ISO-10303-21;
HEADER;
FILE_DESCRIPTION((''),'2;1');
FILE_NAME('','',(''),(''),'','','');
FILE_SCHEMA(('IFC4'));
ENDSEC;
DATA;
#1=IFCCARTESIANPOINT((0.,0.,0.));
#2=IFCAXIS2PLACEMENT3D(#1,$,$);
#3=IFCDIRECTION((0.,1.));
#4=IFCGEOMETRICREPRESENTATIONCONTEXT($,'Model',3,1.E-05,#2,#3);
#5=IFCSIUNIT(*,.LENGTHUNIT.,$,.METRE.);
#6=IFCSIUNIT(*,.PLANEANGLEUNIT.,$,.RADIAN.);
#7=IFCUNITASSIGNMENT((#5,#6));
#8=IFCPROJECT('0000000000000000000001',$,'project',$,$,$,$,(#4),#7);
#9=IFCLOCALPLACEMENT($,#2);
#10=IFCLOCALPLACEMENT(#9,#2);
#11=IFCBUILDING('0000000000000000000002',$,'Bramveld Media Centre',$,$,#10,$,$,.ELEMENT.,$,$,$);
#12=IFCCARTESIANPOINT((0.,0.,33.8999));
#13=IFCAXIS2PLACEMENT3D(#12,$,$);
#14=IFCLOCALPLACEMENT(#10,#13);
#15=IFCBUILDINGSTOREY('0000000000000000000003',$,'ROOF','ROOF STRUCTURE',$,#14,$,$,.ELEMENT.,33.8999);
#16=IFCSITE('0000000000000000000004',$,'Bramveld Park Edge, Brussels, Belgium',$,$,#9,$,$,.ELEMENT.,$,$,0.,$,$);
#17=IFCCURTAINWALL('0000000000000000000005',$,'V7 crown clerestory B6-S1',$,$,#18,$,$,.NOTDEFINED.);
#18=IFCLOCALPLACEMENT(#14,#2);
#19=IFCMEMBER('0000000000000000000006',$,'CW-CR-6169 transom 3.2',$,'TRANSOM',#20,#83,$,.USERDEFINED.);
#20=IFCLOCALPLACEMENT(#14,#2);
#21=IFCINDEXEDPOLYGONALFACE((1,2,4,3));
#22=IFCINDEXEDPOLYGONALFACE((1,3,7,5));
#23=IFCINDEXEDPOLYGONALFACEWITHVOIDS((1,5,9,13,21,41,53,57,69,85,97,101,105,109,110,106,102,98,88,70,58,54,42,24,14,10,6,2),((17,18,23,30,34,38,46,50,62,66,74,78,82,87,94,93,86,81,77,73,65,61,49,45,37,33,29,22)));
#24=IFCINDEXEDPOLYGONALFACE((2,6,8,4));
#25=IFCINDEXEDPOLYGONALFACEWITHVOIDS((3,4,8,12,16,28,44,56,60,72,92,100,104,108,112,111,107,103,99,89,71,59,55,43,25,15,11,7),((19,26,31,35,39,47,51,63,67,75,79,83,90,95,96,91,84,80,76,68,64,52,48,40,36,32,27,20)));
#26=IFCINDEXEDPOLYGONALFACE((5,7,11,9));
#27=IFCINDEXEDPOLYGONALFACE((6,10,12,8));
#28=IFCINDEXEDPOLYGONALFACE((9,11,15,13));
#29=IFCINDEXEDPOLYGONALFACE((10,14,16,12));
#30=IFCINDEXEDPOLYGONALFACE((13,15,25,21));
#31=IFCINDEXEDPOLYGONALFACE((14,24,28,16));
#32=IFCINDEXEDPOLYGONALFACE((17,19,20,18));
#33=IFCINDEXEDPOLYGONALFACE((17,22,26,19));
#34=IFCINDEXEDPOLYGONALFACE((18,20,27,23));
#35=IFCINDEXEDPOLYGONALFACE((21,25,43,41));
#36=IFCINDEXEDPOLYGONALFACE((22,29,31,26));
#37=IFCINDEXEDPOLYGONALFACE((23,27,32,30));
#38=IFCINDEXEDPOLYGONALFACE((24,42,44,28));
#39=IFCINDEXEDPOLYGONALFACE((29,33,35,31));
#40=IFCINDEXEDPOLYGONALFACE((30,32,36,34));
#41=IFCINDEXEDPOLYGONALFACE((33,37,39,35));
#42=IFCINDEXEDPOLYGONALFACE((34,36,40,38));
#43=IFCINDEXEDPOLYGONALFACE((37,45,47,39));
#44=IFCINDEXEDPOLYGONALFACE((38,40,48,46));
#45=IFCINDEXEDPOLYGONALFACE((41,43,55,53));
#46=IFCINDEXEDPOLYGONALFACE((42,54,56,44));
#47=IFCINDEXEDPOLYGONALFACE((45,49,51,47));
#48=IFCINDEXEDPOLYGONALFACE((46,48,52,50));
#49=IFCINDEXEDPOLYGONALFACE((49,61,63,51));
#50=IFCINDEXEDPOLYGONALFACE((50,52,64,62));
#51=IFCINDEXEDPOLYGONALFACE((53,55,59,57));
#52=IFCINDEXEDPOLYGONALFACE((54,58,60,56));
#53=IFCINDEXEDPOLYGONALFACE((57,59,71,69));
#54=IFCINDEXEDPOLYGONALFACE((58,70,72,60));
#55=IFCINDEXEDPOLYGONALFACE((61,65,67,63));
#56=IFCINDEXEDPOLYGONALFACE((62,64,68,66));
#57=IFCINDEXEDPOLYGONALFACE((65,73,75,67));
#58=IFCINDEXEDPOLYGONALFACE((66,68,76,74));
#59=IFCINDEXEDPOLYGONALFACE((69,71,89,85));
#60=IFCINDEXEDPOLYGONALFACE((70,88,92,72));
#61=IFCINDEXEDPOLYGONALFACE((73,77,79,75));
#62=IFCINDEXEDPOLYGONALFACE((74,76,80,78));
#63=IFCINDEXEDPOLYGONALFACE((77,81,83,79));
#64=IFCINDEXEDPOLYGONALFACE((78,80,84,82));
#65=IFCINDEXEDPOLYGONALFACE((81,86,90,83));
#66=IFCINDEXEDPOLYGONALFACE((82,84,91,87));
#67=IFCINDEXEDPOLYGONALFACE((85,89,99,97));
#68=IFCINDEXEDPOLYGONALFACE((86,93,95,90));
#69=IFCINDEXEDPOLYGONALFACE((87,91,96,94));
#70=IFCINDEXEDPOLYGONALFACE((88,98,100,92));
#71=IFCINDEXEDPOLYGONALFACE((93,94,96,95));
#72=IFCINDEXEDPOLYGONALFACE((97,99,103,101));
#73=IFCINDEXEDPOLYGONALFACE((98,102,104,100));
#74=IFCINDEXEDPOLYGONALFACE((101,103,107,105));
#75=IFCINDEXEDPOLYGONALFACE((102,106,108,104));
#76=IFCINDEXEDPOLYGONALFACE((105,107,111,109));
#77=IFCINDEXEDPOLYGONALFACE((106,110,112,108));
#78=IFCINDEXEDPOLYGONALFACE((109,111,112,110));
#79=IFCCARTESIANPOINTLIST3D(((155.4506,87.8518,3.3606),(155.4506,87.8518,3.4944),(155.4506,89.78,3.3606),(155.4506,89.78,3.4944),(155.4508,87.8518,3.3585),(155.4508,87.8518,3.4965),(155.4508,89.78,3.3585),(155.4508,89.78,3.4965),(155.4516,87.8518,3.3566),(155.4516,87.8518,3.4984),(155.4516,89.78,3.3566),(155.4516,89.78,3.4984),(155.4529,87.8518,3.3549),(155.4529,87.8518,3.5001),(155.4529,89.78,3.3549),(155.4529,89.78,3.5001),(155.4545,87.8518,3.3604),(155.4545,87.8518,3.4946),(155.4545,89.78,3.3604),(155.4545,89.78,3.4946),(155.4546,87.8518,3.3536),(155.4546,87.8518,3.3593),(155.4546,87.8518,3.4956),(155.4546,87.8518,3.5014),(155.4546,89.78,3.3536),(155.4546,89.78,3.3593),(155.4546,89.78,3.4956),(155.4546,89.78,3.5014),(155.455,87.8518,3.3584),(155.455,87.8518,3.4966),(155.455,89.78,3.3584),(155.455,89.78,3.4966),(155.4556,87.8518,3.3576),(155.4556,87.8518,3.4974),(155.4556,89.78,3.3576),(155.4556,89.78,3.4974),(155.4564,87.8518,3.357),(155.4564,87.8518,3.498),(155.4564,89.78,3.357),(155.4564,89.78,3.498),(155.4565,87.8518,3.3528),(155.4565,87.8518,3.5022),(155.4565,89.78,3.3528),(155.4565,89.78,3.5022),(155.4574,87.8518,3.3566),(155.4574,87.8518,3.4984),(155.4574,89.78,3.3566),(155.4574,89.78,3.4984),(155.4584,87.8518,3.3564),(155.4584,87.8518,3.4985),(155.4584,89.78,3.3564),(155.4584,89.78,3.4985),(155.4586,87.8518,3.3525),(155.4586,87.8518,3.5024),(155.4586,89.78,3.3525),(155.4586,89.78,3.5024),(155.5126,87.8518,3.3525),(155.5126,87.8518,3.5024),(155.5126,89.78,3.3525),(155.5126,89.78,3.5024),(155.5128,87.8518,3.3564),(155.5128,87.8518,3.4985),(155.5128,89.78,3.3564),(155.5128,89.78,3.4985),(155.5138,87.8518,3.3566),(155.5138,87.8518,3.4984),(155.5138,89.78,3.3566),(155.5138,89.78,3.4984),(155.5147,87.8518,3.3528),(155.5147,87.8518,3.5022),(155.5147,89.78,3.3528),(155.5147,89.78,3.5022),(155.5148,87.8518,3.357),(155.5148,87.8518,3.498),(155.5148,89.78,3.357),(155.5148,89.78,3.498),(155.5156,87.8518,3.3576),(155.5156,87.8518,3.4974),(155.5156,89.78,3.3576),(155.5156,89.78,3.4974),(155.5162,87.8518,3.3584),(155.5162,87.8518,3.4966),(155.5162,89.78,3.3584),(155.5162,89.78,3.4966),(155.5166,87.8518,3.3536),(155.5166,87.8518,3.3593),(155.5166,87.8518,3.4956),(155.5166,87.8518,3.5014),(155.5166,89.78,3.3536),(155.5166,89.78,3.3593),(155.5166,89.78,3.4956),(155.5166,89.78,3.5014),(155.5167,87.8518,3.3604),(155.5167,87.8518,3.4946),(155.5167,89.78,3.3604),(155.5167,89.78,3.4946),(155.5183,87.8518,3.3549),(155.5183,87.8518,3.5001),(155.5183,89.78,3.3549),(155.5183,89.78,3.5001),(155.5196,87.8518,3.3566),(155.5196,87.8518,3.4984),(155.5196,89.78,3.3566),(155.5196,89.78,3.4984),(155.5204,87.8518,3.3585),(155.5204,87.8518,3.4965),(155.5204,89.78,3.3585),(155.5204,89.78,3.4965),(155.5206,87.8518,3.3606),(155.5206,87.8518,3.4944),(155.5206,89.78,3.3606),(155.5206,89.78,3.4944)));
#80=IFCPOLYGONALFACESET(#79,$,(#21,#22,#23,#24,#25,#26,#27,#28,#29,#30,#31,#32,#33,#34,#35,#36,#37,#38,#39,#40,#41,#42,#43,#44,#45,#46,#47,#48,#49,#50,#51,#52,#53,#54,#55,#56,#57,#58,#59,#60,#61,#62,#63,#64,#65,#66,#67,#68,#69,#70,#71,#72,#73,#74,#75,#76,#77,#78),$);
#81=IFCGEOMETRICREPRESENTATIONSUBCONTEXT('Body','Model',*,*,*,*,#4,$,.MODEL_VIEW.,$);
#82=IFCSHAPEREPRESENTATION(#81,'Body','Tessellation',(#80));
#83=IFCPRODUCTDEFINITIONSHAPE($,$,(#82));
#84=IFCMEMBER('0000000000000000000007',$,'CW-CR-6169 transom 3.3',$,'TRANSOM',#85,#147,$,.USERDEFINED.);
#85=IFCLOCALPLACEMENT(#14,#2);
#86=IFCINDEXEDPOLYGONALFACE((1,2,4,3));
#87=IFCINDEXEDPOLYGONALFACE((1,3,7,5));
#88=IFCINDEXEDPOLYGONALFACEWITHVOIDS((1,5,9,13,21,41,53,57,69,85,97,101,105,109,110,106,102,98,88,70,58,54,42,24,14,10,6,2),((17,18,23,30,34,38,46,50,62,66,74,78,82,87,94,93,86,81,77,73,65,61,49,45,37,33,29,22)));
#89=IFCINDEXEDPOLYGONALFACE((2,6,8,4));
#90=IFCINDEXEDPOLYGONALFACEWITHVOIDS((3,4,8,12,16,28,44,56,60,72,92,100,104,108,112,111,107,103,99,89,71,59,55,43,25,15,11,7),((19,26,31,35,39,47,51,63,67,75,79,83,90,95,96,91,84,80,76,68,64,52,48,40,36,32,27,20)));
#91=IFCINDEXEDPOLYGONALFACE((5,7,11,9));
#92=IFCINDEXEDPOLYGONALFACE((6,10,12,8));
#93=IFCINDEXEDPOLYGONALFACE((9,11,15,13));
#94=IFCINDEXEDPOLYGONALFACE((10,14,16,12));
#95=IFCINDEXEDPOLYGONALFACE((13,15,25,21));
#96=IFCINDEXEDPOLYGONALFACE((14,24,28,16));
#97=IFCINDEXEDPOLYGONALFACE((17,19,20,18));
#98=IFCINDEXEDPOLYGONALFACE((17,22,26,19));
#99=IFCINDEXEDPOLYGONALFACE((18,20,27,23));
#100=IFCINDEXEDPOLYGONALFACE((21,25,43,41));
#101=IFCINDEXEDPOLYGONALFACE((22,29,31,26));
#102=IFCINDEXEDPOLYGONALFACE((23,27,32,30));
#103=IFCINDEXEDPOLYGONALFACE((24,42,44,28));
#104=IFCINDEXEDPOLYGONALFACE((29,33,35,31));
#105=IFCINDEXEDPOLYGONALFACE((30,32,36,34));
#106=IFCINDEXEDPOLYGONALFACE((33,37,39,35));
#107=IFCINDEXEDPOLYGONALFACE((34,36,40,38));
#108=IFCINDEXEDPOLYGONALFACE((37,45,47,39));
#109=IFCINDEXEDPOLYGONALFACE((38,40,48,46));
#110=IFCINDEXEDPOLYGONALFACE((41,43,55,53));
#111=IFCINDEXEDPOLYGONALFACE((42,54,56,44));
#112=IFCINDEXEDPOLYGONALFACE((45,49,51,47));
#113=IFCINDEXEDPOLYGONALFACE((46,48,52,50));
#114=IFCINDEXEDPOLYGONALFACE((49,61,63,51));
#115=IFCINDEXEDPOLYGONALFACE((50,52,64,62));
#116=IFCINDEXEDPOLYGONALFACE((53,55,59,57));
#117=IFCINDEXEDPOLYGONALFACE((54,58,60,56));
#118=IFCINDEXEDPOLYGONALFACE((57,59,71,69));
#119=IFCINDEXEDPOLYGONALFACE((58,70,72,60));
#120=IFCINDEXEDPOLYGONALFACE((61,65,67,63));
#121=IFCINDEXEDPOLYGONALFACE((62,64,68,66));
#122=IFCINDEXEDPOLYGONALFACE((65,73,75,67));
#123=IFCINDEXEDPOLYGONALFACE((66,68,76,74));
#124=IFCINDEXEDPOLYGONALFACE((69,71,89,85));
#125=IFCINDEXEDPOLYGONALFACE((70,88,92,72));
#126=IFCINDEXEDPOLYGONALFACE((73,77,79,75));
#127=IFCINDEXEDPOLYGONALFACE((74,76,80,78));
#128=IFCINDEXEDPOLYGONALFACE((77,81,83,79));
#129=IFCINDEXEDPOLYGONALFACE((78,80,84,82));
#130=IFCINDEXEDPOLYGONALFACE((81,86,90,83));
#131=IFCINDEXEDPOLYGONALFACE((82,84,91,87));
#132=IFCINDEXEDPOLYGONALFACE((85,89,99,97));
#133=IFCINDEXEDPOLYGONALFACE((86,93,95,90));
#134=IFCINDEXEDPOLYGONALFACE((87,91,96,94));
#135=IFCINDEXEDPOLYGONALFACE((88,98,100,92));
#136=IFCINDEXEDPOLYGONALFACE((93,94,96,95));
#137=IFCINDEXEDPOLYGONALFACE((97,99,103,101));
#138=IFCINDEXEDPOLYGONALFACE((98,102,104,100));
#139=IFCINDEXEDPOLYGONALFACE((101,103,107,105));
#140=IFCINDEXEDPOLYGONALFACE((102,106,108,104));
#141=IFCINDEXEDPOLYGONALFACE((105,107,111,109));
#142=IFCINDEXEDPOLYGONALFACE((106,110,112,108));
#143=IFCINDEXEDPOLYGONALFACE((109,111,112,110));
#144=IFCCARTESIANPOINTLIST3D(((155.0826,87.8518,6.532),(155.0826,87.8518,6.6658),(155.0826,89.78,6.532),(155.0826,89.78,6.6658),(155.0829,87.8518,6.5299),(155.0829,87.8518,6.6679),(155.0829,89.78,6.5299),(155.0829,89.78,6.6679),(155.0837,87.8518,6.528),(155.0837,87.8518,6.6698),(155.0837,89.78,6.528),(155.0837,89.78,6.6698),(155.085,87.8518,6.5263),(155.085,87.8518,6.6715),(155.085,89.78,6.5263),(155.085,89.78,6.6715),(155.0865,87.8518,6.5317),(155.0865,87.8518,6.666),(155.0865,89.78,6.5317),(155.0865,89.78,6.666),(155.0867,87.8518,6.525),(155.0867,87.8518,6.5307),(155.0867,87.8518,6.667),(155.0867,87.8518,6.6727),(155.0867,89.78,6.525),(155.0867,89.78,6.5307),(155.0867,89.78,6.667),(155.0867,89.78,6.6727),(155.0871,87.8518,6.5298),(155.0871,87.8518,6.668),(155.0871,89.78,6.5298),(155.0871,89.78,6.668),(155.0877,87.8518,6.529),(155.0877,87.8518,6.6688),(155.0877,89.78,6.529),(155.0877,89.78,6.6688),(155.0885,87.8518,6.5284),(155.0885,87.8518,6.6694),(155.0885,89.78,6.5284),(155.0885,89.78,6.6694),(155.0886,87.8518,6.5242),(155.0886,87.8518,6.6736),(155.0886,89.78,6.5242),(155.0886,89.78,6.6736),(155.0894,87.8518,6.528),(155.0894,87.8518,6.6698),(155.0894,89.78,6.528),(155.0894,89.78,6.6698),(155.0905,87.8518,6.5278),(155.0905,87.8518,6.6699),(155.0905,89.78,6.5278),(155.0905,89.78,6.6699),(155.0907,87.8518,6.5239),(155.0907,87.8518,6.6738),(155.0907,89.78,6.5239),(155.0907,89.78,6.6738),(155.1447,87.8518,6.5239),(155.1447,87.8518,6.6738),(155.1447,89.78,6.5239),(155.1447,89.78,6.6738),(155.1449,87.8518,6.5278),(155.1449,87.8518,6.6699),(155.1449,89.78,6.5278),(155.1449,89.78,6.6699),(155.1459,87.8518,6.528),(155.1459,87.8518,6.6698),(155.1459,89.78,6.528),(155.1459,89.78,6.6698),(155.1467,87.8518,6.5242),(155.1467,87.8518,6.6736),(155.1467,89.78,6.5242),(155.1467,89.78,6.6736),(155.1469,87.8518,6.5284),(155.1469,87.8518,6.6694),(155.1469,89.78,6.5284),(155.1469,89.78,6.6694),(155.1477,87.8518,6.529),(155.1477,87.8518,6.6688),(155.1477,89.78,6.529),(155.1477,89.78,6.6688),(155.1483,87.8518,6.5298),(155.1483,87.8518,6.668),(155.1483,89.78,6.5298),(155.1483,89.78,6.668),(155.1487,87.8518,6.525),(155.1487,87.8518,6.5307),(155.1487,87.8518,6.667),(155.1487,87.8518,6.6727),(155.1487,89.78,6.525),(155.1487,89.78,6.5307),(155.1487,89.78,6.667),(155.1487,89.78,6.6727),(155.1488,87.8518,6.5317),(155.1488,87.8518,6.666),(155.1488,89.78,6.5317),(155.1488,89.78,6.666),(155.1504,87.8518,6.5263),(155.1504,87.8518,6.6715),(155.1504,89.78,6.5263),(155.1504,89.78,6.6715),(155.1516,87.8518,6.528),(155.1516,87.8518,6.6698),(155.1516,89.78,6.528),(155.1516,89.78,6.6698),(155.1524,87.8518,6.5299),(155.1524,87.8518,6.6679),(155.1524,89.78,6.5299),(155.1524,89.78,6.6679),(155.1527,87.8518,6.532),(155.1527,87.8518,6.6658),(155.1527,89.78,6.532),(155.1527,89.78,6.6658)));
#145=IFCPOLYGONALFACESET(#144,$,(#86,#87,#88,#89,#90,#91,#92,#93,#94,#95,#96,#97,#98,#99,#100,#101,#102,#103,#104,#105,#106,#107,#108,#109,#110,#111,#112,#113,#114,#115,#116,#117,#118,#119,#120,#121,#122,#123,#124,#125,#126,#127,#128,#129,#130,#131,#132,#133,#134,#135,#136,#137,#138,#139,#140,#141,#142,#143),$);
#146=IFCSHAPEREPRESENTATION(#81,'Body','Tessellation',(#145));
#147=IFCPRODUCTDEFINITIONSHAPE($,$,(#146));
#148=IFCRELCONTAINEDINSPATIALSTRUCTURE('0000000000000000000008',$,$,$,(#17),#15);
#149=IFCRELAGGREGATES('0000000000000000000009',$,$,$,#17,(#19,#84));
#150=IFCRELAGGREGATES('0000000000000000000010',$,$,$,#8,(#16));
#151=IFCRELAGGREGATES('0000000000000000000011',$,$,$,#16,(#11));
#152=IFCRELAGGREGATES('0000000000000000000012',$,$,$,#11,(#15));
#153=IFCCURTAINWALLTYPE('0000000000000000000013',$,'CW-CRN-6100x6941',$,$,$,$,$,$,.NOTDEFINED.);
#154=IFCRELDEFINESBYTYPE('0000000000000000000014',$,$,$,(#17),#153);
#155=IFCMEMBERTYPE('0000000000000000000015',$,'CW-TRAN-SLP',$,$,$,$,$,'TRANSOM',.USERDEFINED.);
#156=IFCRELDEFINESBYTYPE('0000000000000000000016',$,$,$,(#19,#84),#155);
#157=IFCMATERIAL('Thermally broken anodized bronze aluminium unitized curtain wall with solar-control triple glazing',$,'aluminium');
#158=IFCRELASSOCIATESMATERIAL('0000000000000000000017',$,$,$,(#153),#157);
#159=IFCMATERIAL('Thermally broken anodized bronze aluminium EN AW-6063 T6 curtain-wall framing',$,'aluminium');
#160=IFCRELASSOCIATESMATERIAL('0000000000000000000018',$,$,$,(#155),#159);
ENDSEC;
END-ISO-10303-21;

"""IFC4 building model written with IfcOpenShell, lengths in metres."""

from ifc_helpers import new_model, si_unit, direction, frame, origin, origin_2d, place, context, subcontext, project, spatial, hollow_rectangle, extrude, material, material_profile, profile_set, type_object, element, aggregate, save


model = new_model("IFC4")

# Units and contexts
model_context = context("Model", 3, precision=1e-05, world=origin(), true_north=direction((0.0, 1.0)))
body_context = subcontext(model_context, "Body", "Model", "MODEL_VIEW")
ifc_project = project(units=[si_unit("LENGTHUNIT", "METRE"), si_unit("PLANEANGLEUNIT", "RADIAN")], contexts=[model_context])

# Site, building, storey
site_placement = place(None, origin())
site = spatial("IfcSite", under=ifc_project, at=site_placement, Name="Bramveld Park Edge, Brussels, Belgium", CompositionType="ELEMENT", RefElevation=0.0)
building_placement = place(site_placement, origin())
building = spatial("IfcBuilding", under=site, at=building_placement, Name="Bramveld Media Centre", CompositionType="ELEMENT")
storey_placement = place(building_placement, frame((0.0, 0.0, 33.8999)))
storey = spatial("IfcBuildingStorey", under=building, at=storey_placement, Name="ROOF", Description="ROOF STRUCTURE", CompositionType="ELEMENT", Elevation=33.8999)

# Curtain wall, members
ifc_material_1 = material(Name="Thermally broken anodized bronze aluminium unitized curtain wall with solar-control triple glazing", Category="aluminium")
curtain_wall_type = type_object("IfcCurtainWallType", Name="CW-CRN-6100x6941", PredefinedType="NOTDEFINED", material=ifc_material_1)
curtain_wall_1_placement = place(storey_placement, origin())
curtain_wall_1 = element("IfcCurtainWall", 1, at=curtain_wall_1_placement, inside=storey, type_object=curtain_wall_type, Name="V7 crown clerestory B6-S1", PredefinedType="NOTDEFINED")
ifc_material_2 = material(Name="Thermally broken anodized bronze aluminium EN AW-6063 T6 curtain-wall framing", Category="aluminium")
ifc_material_profile_1 = material_profile(ifc_material_2, hollow_rectangle(XDim=0.0701, YDim=0.1499, WallThickness=0.0039, InnerFilletRadius=0.0039, OuterFilletRadius=0.0081, at=origin_2d()), Name="AL-TRAN 70x150")
ifc_profile_set_1 = profile_set([ifc_material_profile_1], Name="Thermally broken anodized bronze aluminium EN AW-6063 T6 curtain-wall framing")
member_type_1 = type_object("IfcMemberType", Name="CW-TRAN-SLP", ElementType="TRANSOM", PredefinedType="USERDEFINED", material=ifc_profile_set_1)
member_1_placement = place(storey_placement, frame((155.4856, 87.8518, 3.4275), z_axis=(0.0, 1.0, 0.0), x_axis=(-1.0, 0.0, 0.0)))
member_1 = element("IfcMember", 2, at=member_1_placement, type_object=member_type_1, Name="CW-CR-6169 transom 3.2", ObjectType="TRANSOM", PredefinedType="USERDEFINED", context=body_context, shape_type="SweptSolid", body=[
    extrude(hollow_rectangle(XDim=0.0701, YDim=0.1499, WallThickness=0.0039, InnerFilletRadius=0.0039, OuterFilletRadius=0.0081, at=origin_2d()), origin(), (0.0, 0.0, 1.0), 1.9282),
])
member_2_placement = place(storey_placement, frame((155.1177, 87.8518, 6.5989), z_axis=(0.0, 1.0, 0.0), x_axis=(-1.0, 0.0, 0.0)))
member_2 = element("IfcMember", 3, at=member_2_placement, type_object=member_type_1, Name="CW-CR-6169 transom 3.3", ObjectType="TRANSOM", PredefinedType="USERDEFINED", context=body_context, shape_type="SweptSolid", body=[
    extrude(hollow_rectangle(XDim=0.0701, YDim=0.1499, WallThickness=0.0039, InnerFilletRadius=0.0039, OuterFilletRadius=0.0081, at=origin_2d()), origin(), (0.0, 0.0, 1.0), 1.9282),
])

aggregate(curtain_wall_1, [member_1, member_2])

save(model, "model.ifc")
